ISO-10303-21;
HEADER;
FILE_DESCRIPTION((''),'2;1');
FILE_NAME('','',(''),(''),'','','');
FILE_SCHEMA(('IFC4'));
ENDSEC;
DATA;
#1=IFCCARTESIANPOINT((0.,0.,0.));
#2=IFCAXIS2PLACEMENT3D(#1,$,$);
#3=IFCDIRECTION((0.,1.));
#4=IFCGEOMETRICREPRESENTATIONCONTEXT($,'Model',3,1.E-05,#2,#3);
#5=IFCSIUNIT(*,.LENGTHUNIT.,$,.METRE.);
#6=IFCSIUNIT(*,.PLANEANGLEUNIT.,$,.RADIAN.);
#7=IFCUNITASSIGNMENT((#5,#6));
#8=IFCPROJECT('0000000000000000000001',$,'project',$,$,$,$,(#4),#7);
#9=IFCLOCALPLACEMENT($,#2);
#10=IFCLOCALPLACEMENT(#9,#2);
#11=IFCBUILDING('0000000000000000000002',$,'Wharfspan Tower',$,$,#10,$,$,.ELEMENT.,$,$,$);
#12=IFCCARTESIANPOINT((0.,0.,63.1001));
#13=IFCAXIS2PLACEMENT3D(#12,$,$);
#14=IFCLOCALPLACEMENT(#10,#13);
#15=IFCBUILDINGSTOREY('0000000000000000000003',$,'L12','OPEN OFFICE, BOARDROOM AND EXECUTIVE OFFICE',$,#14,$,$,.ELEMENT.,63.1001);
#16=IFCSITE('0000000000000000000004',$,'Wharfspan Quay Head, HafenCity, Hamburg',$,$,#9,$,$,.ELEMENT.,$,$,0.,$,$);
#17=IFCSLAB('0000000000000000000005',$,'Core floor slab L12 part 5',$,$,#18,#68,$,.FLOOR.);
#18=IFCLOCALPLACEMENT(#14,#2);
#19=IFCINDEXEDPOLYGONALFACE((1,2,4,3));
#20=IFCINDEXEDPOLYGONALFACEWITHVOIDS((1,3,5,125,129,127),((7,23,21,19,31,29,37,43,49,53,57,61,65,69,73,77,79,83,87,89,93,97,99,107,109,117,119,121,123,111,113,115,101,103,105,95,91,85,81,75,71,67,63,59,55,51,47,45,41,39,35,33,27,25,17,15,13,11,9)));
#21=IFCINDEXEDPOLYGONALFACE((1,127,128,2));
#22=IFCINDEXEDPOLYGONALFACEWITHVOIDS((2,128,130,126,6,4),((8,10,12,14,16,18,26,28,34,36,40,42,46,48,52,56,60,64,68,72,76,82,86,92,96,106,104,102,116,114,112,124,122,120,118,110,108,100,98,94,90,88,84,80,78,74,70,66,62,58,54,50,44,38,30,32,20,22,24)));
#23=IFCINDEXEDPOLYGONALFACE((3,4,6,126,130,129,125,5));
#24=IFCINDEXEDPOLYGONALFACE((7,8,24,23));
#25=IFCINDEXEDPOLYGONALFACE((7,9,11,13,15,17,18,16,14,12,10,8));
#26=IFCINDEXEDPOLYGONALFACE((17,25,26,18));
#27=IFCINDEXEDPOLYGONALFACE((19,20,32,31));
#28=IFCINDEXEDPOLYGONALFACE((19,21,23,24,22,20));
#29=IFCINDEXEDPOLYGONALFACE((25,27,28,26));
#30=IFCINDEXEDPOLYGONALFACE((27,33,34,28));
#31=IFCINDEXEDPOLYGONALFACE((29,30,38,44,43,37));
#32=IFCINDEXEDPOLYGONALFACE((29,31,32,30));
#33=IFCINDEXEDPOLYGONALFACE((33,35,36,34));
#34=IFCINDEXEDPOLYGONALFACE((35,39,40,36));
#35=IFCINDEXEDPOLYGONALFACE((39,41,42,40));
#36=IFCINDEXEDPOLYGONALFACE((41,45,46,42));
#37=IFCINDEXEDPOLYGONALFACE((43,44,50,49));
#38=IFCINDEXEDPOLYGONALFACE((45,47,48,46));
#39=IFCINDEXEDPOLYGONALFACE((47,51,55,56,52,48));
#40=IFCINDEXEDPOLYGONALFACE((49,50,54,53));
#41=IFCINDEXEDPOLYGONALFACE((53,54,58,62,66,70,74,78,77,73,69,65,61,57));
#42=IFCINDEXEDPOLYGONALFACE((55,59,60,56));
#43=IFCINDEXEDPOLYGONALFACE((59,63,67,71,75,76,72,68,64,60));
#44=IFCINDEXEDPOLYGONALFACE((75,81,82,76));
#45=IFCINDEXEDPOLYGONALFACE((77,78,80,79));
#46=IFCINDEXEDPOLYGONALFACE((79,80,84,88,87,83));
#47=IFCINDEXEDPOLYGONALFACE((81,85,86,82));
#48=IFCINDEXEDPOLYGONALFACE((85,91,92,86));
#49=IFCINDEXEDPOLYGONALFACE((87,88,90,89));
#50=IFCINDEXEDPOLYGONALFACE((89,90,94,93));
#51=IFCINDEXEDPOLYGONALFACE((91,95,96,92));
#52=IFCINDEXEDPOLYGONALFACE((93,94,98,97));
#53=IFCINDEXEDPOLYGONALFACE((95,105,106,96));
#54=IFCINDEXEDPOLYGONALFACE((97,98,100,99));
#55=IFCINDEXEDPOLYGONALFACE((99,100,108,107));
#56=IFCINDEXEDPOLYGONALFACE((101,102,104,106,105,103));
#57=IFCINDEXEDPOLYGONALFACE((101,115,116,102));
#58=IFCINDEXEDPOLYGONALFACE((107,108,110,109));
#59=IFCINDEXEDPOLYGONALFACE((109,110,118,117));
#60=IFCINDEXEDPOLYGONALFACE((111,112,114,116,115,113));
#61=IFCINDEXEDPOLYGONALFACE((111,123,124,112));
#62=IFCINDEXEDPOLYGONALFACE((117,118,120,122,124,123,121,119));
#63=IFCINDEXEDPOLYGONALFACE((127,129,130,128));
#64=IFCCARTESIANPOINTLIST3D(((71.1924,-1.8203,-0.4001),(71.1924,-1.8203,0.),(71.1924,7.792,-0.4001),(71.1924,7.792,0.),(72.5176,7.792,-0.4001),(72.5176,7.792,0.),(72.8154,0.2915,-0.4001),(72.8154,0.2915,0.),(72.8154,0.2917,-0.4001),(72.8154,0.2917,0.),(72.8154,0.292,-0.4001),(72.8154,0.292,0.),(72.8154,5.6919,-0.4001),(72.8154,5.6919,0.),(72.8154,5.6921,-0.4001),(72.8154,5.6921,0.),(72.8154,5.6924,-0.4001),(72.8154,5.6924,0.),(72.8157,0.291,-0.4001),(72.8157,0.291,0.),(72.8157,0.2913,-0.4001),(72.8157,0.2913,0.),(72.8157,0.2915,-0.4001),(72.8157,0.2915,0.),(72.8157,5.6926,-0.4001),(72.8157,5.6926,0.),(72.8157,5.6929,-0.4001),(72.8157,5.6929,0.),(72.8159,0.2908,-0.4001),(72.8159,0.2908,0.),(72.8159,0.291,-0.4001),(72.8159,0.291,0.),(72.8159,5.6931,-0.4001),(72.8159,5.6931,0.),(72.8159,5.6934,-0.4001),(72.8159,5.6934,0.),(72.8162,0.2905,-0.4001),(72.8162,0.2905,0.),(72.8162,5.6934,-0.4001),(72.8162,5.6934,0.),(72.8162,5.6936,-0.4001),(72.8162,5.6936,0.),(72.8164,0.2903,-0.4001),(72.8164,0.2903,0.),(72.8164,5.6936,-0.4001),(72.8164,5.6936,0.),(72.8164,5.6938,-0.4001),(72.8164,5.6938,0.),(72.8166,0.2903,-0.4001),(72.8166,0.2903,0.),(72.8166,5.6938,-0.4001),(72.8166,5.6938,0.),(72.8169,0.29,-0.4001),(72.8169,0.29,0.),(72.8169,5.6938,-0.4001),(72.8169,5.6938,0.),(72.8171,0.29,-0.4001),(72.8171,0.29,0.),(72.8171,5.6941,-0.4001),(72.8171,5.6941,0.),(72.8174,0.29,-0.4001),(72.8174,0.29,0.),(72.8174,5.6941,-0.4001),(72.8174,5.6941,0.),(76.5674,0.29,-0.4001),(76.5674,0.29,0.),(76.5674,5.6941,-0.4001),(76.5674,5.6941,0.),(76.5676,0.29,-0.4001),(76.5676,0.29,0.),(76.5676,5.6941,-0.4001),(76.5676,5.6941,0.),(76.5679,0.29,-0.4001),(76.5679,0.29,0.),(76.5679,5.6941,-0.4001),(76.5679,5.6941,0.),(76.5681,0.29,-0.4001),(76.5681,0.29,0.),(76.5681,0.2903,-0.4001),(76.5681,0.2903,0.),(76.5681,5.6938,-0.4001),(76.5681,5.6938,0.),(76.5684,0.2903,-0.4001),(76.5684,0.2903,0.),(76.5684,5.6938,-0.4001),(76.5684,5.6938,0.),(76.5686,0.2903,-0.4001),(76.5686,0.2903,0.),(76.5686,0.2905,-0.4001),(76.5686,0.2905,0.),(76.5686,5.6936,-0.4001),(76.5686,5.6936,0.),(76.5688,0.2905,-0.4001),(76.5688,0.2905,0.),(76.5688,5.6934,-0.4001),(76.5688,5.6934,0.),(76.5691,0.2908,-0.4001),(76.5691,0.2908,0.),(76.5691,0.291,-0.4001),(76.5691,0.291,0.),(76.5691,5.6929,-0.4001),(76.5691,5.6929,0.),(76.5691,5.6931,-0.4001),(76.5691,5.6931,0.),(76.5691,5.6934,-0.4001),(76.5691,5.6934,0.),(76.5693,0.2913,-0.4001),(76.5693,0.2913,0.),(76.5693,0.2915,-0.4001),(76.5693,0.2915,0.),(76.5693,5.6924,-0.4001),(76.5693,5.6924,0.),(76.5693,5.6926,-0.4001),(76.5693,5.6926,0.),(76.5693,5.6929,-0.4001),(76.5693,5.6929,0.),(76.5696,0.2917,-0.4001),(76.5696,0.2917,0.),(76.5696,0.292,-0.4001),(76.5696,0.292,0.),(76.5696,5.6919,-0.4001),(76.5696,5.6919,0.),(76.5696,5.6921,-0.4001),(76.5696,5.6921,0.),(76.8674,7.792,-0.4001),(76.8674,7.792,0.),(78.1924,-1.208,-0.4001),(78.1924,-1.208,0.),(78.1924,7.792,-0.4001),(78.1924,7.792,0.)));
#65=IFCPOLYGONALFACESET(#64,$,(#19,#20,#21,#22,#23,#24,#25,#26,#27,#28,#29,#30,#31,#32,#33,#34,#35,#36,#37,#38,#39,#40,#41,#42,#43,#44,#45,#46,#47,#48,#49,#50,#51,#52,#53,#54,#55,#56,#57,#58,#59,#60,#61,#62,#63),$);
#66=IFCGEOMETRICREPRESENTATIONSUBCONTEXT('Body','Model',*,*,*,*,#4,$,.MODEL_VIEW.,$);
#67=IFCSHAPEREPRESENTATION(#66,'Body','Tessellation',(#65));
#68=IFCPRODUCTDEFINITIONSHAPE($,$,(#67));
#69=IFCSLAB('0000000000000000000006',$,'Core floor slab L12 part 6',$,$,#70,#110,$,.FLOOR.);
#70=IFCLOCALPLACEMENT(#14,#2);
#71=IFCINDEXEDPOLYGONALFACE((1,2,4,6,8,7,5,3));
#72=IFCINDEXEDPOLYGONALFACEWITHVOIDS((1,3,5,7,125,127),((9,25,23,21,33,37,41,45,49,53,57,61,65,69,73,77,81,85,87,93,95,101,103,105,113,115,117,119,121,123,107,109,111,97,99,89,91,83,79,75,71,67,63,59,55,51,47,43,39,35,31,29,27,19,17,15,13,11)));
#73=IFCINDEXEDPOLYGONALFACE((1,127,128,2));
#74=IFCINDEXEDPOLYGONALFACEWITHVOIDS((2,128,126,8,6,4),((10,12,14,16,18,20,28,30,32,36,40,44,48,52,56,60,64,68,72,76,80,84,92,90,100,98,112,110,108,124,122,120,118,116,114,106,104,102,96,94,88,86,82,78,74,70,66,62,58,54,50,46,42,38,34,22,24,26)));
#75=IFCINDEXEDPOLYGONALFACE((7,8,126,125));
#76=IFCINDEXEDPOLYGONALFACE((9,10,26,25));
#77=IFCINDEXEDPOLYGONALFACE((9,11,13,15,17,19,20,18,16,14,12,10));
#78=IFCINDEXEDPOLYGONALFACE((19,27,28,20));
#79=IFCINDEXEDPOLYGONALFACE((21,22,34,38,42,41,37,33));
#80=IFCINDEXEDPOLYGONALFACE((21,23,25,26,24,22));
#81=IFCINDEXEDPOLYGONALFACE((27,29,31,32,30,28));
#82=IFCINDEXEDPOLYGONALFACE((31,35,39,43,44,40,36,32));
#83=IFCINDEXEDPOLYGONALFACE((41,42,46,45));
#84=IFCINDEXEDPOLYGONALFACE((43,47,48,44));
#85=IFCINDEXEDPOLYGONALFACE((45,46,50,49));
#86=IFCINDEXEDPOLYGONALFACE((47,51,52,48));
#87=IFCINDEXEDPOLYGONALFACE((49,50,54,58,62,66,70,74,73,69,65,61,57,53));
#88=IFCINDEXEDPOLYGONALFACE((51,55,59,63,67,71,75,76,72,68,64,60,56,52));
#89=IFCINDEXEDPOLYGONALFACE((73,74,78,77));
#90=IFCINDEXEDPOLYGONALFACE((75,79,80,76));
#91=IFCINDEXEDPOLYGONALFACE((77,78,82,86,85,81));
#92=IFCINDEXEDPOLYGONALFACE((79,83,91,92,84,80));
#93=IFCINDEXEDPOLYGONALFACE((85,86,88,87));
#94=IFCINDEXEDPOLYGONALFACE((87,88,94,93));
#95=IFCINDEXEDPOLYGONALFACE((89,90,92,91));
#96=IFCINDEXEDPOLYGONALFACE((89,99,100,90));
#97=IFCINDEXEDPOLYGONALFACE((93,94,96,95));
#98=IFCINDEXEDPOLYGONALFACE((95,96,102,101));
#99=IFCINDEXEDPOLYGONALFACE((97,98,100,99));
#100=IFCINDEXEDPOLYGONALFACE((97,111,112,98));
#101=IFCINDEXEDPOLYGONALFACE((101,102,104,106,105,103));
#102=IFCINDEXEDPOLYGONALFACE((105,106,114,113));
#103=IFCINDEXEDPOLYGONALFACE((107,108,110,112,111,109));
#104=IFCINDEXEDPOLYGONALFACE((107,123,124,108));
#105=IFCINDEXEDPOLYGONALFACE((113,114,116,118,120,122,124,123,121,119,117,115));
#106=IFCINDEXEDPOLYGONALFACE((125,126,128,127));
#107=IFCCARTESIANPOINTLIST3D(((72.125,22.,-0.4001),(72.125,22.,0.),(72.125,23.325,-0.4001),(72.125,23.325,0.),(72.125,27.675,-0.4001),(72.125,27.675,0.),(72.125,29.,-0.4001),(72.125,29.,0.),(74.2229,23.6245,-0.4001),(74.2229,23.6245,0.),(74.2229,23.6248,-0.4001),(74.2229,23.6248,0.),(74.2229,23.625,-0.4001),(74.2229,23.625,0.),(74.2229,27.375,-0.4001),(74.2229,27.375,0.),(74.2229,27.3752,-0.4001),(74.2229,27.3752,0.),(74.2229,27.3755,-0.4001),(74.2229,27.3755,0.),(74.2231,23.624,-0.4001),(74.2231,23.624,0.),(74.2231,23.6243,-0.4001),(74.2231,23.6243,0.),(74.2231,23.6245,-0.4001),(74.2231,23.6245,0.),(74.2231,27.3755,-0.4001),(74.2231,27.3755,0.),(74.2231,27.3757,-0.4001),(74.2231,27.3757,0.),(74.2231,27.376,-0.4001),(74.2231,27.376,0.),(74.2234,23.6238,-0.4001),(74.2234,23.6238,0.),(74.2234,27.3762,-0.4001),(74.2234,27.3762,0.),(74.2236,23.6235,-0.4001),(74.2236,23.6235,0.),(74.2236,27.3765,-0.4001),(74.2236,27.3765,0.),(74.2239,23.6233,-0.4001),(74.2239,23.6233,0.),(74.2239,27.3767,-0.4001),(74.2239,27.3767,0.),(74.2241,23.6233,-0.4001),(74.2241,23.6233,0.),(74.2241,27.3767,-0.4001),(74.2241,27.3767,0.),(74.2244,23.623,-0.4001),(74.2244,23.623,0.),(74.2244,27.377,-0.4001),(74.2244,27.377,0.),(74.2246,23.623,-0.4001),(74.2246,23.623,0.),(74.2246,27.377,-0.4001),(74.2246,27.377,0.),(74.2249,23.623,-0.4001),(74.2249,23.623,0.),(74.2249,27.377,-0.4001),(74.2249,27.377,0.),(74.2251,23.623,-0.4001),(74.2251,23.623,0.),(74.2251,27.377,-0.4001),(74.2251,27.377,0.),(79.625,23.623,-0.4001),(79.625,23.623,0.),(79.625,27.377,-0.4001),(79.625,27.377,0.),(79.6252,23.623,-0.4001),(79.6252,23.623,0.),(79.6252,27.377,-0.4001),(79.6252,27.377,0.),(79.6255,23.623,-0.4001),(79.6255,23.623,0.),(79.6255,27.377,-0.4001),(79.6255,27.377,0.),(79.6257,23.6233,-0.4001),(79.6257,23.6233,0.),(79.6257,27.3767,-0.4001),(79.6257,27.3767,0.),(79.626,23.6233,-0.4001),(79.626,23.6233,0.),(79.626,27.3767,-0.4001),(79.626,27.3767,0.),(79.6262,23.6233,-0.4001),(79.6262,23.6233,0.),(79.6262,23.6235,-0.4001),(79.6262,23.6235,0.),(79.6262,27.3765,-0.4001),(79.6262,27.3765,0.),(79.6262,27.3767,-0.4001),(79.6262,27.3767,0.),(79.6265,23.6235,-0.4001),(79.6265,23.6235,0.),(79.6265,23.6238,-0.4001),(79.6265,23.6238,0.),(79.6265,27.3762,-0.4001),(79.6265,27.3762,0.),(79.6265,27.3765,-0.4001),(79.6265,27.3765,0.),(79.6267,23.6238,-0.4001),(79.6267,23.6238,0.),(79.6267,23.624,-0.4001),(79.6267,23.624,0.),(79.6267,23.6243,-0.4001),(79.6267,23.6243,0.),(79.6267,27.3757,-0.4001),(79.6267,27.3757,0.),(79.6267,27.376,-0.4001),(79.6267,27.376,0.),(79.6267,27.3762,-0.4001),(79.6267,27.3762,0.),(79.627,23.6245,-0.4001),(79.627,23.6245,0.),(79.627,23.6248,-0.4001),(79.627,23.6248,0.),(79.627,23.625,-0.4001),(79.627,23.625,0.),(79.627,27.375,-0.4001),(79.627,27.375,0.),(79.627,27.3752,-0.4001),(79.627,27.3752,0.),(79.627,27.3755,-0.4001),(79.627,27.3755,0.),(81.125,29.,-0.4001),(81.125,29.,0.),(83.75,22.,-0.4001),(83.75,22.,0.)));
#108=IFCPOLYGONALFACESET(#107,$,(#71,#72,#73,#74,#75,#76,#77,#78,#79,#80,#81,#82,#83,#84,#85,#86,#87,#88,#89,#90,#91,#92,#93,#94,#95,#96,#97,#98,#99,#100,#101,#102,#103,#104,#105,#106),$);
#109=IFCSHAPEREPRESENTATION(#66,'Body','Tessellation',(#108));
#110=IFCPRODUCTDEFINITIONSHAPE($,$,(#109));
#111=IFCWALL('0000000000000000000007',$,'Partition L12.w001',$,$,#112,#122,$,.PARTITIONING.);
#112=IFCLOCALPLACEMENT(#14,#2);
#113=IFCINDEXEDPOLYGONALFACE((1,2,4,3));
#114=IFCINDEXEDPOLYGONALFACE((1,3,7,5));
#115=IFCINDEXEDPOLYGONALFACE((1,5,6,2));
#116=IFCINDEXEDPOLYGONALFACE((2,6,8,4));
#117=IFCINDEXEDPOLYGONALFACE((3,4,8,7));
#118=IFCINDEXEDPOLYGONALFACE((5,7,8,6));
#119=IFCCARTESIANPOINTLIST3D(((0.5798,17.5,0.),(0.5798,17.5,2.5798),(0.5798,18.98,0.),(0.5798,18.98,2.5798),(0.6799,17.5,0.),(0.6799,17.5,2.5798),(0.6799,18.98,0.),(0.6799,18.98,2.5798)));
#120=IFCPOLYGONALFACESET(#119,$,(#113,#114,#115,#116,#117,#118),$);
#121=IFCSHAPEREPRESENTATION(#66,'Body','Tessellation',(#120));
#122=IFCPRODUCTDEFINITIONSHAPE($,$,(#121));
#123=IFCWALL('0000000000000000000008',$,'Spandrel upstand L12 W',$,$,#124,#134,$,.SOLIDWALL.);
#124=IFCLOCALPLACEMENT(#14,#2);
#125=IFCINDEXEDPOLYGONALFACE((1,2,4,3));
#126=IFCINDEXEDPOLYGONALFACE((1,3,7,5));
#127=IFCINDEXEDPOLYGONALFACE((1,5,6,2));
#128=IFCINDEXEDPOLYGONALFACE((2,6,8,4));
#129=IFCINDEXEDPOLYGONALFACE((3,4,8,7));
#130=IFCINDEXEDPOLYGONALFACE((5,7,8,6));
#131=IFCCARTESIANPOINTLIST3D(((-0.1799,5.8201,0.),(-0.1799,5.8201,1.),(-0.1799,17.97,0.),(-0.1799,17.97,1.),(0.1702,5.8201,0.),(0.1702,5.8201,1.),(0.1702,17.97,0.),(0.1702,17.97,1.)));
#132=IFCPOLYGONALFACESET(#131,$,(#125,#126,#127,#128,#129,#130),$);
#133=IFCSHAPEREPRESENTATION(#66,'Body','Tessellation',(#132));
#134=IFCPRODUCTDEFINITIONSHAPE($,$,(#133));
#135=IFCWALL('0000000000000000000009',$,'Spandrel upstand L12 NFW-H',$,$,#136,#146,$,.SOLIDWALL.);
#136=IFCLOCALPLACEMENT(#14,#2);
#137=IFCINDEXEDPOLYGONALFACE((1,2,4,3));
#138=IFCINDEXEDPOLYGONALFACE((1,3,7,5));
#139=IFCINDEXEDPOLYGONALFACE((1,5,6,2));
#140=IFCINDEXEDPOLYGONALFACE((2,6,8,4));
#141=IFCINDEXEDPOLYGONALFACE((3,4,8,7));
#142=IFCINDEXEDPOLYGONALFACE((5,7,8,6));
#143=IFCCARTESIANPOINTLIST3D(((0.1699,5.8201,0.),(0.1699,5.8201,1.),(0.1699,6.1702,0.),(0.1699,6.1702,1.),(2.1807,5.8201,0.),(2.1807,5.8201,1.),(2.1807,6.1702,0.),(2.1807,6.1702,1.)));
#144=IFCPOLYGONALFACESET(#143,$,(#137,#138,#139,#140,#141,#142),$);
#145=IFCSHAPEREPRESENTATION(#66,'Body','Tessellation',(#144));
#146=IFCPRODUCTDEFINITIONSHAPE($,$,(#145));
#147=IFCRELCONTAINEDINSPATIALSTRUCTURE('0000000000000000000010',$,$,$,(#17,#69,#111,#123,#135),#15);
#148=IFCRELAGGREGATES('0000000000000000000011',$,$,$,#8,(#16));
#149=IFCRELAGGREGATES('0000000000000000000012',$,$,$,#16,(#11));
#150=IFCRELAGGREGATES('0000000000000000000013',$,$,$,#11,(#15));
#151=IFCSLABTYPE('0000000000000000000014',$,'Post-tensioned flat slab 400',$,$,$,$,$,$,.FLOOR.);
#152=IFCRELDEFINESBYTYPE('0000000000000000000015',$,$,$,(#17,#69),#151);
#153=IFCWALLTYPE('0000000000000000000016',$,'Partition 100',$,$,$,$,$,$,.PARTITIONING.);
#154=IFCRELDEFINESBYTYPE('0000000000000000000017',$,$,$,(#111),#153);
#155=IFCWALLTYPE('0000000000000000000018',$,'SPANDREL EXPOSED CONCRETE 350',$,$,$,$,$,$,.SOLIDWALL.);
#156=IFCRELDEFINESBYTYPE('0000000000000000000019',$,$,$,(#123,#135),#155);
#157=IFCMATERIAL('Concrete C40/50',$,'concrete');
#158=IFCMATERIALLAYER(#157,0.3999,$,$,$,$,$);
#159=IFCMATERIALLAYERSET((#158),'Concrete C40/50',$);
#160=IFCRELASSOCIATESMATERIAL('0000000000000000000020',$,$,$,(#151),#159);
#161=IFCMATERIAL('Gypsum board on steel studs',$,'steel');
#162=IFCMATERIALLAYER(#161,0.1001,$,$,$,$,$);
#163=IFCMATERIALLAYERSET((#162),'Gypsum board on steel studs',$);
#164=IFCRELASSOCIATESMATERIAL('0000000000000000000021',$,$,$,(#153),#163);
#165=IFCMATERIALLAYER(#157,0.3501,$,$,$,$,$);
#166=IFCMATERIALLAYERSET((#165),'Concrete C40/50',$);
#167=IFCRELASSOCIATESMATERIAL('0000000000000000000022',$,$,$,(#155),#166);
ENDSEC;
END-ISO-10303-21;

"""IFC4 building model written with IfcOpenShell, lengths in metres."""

from ifc_helpers import new_model, si_unit, direction, frame, frame_2d, origin, place, context, subcontext, project, spatial, polyline, rectangle, outline, extrude, material, layer, layer_set, type_object, element, save


model = new_model("IFC4")

# Units and contexts
model_context = context("Model", 3, precision=1e-05, world=origin(), true_north=direction((0.0, 1.0)))
body_context = subcontext(model_context, "Body", "Model", "MODEL_VIEW")
ifc_project = project(units=[si_unit("LENGTHUNIT", "METRE"), si_unit("PLANEANGLEUNIT", "RADIAN")], contexts=[model_context])

# Site, building, storey
site_placement = place(None, origin())
site = spatial("IfcSite", under=ifc_project, at=site_placement, Name="Wharfspan Quay Head, HafenCity, Hamburg", CompositionType="ELEMENT", RefElevation=0.0)
building_placement = place(site_placement, origin())
building = spatial("IfcBuilding", under=site, at=building_placement, Name="Wharfspan Tower", CompositionType="ELEMENT")
storey_placement = place(building_placement, frame((0.0, 0.0, 63.1001)))
storey = spatial("IfcBuildingStorey", under=building, at=storey_placement, Name="L12", Description="OPEN OFFICE, BOARDROOM AND EXECUTIVE OFFICE", CompositionType="ELEMENT", Elevation=63.1001)

# Slabs
ifc_material_1 = material(Name="Concrete C40/50", Category="concrete")
ifc_layer_1 = layer(ifc_material_1, 0.3999)
ifc_layer_set_1 = layer_set([ifc_layer_1], Name="Concrete C40/50")
slab_type = type_object("IfcSlabType", Name="Post-tensioned flat slab 400", PredefinedType="FLOOR", material=ifc_layer_set_1)
slab_1_placement = place(storey_placement, frame((0.0, 0.0, -0.4001)))
element("IfcSlab", 1, at=slab_1_placement, inside=storey, type_object=slab_type, Name="Core floor slab L12 part 5", PredefinedType="FLOOR", context=body_context, shape_type="SweptSolid", body=[
    extrude(outline(polyline([(78.1924, 7.792), (76.8674, 7.792), (72.5176, 7.792), (71.1924, 7.792), (71.1924, -1.8203), (78.1924, -1.208), (78.1924, 7.792)]), holes=[polyline([(76.5674, 5.6941), (76.5676, 5.6941), (76.5679, 5.6941), (76.5681, 5.6938), (76.5681, 5.6938), (76.5684, 5.6938), (76.5686, 5.6936), (76.5686, 5.6936), (76.5688, 5.6934), (76.5691, 5.6934), (76.5691, 5.6931), (76.5691, 5.6929), (76.5693, 5.6929), (76.5693, 5.6926), (76.5693, 5.6924), (76.5696, 5.6921), (76.5696, 5.6919), (76.5696, 0.292), (76.5696, 0.2917), (76.5693, 0.2915), (76.5693, 0.2915), (76.5693, 0.2913), (76.5691, 0.291), (76.5691, 0.291), (76.5691, 0.2908), (76.5688, 0.2905), (76.5686, 0.2905), (76.5686, 0.2903), (76.5684, 0.2903), (76.5681, 0.2903), (76.5681, 0.29), (76.5679, 0.29), (76.5676, 0.29), (76.5674, 0.29), (72.8174, 0.29), (72.8174, 0.29), (72.8171, 0.29), (72.8169, 0.29), (72.8166, 0.2903), (72.8164, 0.2903), (72.8164, 0.2903), (72.8162, 0.2905), (72.8162, 0.2905), (72.8159, 0.2908), (72.8159, 0.291), (72.8157, 0.291), (72.8157, 0.2913), (72.8157, 0.2915), (72.8154, 0.2915), (72.8154, 0.2917), (72.8154, 0.292), (72.8154, 5.6919), (72.8154, 5.6921), (72.8154, 5.6924), (72.8157, 5.6926), (72.8157, 5.6929), (72.8157, 5.6929), (72.8159, 5.6931), (72.8159, 5.6934), (72.8162, 5.6934), (72.8162, 5.6936), (72.8164, 5.6936), (72.8164, 5.6938), (72.8166, 5.6938), (72.8169, 5.6938), (72.8171, 5.6941), (72.8174, 5.6941), (72.8174, 5.6941), (76.5674, 5.6941)])]), origin(), (0.0, 0.0, 1.0), 0.4001),
])
slab_2_placement = place(storey_placement, frame((0.0, 0.0, -0.4001)))
element("IfcSlab", 2, at=slab_2_placement, inside=storey, type_object=slab_type, Name="Core floor slab L12 part 6", PredefinedType="FLOOR", context=body_context, shape_type="SweptSolid", body=[
    extrude(outline(polyline([(81.125, 29.0), (72.125, 29.0), (72.125, 27.675), (72.125, 23.325), (72.125, 22.0), (83.75, 22.0), (81.125, 29.0)]), holes=[polyline([(74.2229, 27.375), (74.2229, 27.3752), (74.2229, 27.3755), (74.2231, 27.3755), (74.2231, 27.3757), (74.2231, 27.376), (74.2234, 27.3762), (74.2234, 27.3762), (74.2236, 27.3765), (74.2236, 27.3765), (74.2239, 27.3767), (74.2241, 27.3767), (74.2241, 27.3767), (74.2244, 27.377), (74.2246, 27.377), (74.2249, 27.377), (74.2251, 27.377), (79.625, 27.377), (79.6252, 27.377), (79.6255, 27.377), (79.6255, 27.377), (79.6257, 27.3767), (79.626, 27.3767), (79.6262, 27.3767), (79.6262, 27.3765), (79.6265, 27.3765), (79.6265, 27.3762), (79.6267, 27.3762), (79.6267, 27.376), (79.6267, 27.3757), (79.627, 27.3755), (79.627, 27.3755), (79.627, 27.3752), (79.627, 27.375), (79.627, 23.625), (79.627, 23.6248), (79.627, 23.6245), (79.627, 23.6245), (79.6267, 23.6243), (79.6267, 23.624), (79.6267, 23.6238), (79.6265, 23.6238), (79.6265, 23.6235), (79.6262, 23.6235), (79.6262, 23.6233), (79.626, 23.6233), (79.6257, 23.6233), (79.6255, 23.623), (79.6255, 23.623), (79.6252, 23.623), (79.625, 23.623), (74.2251, 23.623), (74.2249, 23.623), (74.2246, 23.623), (74.2244, 23.623), (74.2241, 23.6233), (74.2241, 23.6233), (74.2239, 23.6233), (74.2236, 23.6235), (74.2236, 23.6235), (74.2234, 23.6238), (74.2234, 23.6238), (74.2231, 23.624), (74.2231, 23.6243), (74.2231, 23.6245), (74.2229, 23.6245), (74.2229, 23.6248), (74.2229, 23.625), (74.2229, 27.375)])]), origin(), (0.0, 0.0, 1.0), 0.4001),
])

# Walls
ifc_material_2 = material(Name="Gypsum board on steel studs", Category="steel")
ifc_layer_2 = layer(ifc_material_2, 0.1001)
ifc_layer_set_2 = layer_set([ifc_layer_2], Name="Gypsum board on steel studs")
wall_type_1 = type_object("IfcWallType", Name="Partition 100", PredefinedType="PARTITIONING", material=ifc_layer_set_2)
wall_1_placement = place(storey_placement, frame((0.6299, 17.5, 0.0), z_axis=(0.0, 0.0, 1.0), x_axis=(0.0, 1.0, 0.0)))
element("IfcWall", 3, at=wall_1_placement, inside=storey, type_object=wall_type_1, Name="Partition L12.w001", PredefinedType="PARTITIONING", context=body_context, shape_type="SweptSolid", body=[
    extrude(rectangle(XDim=1.48, YDim=0.1001, at=frame_2d((0.74, 0.0))), origin(), (0.0, 0.0, 1.0), 2.5798),
])
ifc_layer_3 = layer(ifc_material_1, 0.3501)
ifc_layer_set_3 = layer_set([ifc_layer_3], Name="Concrete C40/50")
wall_type_2 = type_object("IfcWallType", Name="SPANDREL EXPOSED CONCRETE 350", PredefinedType="SOLIDWALL", material=ifc_layer_set_3)
wall_2_placement = place(storey_placement, frame((-0.0049, 17.97, 0.0), z_axis=(0.0, 0.0, 1.0), x_axis=(0.0, -1.0, 0.0)))
element("IfcWall", 4, at=wall_2_placement, inside=storey, type_object=wall_type_2, Name="Spandrel upstand L12 W", PredefinedType="SOLIDWALL", context=body_context, shape_type="SweptSolid", body=[
    extrude(rectangle(XDim=12.1499, YDim=0.3501, at=frame_2d((6.075, 0.0))), origin(), (0.0, 0.0, 1.0), 1.0),
])
wall_3_placement = place(storey_placement, frame((0.1699, 5.9951, 0.0), z_axis=(0.0, 0.0, 1.0), x_axis=(1.0, 0.0, 0.0)))
element("IfcWall", 5, at=wall_3_placement, inside=storey, type_object=wall_type_2, Name="Spandrel upstand L12 NFW-H", PredefinedType="SOLIDWALL", context=body_context, shape_type="SweptSolid", body=[
    extrude(rectangle(XDim=2.0107, YDim=0.3501, at=frame_2d((1.0054, 0.0))), origin(), (0.0, 0.0, 1.0), 1.0),
])

save(model, "model.ifc")
